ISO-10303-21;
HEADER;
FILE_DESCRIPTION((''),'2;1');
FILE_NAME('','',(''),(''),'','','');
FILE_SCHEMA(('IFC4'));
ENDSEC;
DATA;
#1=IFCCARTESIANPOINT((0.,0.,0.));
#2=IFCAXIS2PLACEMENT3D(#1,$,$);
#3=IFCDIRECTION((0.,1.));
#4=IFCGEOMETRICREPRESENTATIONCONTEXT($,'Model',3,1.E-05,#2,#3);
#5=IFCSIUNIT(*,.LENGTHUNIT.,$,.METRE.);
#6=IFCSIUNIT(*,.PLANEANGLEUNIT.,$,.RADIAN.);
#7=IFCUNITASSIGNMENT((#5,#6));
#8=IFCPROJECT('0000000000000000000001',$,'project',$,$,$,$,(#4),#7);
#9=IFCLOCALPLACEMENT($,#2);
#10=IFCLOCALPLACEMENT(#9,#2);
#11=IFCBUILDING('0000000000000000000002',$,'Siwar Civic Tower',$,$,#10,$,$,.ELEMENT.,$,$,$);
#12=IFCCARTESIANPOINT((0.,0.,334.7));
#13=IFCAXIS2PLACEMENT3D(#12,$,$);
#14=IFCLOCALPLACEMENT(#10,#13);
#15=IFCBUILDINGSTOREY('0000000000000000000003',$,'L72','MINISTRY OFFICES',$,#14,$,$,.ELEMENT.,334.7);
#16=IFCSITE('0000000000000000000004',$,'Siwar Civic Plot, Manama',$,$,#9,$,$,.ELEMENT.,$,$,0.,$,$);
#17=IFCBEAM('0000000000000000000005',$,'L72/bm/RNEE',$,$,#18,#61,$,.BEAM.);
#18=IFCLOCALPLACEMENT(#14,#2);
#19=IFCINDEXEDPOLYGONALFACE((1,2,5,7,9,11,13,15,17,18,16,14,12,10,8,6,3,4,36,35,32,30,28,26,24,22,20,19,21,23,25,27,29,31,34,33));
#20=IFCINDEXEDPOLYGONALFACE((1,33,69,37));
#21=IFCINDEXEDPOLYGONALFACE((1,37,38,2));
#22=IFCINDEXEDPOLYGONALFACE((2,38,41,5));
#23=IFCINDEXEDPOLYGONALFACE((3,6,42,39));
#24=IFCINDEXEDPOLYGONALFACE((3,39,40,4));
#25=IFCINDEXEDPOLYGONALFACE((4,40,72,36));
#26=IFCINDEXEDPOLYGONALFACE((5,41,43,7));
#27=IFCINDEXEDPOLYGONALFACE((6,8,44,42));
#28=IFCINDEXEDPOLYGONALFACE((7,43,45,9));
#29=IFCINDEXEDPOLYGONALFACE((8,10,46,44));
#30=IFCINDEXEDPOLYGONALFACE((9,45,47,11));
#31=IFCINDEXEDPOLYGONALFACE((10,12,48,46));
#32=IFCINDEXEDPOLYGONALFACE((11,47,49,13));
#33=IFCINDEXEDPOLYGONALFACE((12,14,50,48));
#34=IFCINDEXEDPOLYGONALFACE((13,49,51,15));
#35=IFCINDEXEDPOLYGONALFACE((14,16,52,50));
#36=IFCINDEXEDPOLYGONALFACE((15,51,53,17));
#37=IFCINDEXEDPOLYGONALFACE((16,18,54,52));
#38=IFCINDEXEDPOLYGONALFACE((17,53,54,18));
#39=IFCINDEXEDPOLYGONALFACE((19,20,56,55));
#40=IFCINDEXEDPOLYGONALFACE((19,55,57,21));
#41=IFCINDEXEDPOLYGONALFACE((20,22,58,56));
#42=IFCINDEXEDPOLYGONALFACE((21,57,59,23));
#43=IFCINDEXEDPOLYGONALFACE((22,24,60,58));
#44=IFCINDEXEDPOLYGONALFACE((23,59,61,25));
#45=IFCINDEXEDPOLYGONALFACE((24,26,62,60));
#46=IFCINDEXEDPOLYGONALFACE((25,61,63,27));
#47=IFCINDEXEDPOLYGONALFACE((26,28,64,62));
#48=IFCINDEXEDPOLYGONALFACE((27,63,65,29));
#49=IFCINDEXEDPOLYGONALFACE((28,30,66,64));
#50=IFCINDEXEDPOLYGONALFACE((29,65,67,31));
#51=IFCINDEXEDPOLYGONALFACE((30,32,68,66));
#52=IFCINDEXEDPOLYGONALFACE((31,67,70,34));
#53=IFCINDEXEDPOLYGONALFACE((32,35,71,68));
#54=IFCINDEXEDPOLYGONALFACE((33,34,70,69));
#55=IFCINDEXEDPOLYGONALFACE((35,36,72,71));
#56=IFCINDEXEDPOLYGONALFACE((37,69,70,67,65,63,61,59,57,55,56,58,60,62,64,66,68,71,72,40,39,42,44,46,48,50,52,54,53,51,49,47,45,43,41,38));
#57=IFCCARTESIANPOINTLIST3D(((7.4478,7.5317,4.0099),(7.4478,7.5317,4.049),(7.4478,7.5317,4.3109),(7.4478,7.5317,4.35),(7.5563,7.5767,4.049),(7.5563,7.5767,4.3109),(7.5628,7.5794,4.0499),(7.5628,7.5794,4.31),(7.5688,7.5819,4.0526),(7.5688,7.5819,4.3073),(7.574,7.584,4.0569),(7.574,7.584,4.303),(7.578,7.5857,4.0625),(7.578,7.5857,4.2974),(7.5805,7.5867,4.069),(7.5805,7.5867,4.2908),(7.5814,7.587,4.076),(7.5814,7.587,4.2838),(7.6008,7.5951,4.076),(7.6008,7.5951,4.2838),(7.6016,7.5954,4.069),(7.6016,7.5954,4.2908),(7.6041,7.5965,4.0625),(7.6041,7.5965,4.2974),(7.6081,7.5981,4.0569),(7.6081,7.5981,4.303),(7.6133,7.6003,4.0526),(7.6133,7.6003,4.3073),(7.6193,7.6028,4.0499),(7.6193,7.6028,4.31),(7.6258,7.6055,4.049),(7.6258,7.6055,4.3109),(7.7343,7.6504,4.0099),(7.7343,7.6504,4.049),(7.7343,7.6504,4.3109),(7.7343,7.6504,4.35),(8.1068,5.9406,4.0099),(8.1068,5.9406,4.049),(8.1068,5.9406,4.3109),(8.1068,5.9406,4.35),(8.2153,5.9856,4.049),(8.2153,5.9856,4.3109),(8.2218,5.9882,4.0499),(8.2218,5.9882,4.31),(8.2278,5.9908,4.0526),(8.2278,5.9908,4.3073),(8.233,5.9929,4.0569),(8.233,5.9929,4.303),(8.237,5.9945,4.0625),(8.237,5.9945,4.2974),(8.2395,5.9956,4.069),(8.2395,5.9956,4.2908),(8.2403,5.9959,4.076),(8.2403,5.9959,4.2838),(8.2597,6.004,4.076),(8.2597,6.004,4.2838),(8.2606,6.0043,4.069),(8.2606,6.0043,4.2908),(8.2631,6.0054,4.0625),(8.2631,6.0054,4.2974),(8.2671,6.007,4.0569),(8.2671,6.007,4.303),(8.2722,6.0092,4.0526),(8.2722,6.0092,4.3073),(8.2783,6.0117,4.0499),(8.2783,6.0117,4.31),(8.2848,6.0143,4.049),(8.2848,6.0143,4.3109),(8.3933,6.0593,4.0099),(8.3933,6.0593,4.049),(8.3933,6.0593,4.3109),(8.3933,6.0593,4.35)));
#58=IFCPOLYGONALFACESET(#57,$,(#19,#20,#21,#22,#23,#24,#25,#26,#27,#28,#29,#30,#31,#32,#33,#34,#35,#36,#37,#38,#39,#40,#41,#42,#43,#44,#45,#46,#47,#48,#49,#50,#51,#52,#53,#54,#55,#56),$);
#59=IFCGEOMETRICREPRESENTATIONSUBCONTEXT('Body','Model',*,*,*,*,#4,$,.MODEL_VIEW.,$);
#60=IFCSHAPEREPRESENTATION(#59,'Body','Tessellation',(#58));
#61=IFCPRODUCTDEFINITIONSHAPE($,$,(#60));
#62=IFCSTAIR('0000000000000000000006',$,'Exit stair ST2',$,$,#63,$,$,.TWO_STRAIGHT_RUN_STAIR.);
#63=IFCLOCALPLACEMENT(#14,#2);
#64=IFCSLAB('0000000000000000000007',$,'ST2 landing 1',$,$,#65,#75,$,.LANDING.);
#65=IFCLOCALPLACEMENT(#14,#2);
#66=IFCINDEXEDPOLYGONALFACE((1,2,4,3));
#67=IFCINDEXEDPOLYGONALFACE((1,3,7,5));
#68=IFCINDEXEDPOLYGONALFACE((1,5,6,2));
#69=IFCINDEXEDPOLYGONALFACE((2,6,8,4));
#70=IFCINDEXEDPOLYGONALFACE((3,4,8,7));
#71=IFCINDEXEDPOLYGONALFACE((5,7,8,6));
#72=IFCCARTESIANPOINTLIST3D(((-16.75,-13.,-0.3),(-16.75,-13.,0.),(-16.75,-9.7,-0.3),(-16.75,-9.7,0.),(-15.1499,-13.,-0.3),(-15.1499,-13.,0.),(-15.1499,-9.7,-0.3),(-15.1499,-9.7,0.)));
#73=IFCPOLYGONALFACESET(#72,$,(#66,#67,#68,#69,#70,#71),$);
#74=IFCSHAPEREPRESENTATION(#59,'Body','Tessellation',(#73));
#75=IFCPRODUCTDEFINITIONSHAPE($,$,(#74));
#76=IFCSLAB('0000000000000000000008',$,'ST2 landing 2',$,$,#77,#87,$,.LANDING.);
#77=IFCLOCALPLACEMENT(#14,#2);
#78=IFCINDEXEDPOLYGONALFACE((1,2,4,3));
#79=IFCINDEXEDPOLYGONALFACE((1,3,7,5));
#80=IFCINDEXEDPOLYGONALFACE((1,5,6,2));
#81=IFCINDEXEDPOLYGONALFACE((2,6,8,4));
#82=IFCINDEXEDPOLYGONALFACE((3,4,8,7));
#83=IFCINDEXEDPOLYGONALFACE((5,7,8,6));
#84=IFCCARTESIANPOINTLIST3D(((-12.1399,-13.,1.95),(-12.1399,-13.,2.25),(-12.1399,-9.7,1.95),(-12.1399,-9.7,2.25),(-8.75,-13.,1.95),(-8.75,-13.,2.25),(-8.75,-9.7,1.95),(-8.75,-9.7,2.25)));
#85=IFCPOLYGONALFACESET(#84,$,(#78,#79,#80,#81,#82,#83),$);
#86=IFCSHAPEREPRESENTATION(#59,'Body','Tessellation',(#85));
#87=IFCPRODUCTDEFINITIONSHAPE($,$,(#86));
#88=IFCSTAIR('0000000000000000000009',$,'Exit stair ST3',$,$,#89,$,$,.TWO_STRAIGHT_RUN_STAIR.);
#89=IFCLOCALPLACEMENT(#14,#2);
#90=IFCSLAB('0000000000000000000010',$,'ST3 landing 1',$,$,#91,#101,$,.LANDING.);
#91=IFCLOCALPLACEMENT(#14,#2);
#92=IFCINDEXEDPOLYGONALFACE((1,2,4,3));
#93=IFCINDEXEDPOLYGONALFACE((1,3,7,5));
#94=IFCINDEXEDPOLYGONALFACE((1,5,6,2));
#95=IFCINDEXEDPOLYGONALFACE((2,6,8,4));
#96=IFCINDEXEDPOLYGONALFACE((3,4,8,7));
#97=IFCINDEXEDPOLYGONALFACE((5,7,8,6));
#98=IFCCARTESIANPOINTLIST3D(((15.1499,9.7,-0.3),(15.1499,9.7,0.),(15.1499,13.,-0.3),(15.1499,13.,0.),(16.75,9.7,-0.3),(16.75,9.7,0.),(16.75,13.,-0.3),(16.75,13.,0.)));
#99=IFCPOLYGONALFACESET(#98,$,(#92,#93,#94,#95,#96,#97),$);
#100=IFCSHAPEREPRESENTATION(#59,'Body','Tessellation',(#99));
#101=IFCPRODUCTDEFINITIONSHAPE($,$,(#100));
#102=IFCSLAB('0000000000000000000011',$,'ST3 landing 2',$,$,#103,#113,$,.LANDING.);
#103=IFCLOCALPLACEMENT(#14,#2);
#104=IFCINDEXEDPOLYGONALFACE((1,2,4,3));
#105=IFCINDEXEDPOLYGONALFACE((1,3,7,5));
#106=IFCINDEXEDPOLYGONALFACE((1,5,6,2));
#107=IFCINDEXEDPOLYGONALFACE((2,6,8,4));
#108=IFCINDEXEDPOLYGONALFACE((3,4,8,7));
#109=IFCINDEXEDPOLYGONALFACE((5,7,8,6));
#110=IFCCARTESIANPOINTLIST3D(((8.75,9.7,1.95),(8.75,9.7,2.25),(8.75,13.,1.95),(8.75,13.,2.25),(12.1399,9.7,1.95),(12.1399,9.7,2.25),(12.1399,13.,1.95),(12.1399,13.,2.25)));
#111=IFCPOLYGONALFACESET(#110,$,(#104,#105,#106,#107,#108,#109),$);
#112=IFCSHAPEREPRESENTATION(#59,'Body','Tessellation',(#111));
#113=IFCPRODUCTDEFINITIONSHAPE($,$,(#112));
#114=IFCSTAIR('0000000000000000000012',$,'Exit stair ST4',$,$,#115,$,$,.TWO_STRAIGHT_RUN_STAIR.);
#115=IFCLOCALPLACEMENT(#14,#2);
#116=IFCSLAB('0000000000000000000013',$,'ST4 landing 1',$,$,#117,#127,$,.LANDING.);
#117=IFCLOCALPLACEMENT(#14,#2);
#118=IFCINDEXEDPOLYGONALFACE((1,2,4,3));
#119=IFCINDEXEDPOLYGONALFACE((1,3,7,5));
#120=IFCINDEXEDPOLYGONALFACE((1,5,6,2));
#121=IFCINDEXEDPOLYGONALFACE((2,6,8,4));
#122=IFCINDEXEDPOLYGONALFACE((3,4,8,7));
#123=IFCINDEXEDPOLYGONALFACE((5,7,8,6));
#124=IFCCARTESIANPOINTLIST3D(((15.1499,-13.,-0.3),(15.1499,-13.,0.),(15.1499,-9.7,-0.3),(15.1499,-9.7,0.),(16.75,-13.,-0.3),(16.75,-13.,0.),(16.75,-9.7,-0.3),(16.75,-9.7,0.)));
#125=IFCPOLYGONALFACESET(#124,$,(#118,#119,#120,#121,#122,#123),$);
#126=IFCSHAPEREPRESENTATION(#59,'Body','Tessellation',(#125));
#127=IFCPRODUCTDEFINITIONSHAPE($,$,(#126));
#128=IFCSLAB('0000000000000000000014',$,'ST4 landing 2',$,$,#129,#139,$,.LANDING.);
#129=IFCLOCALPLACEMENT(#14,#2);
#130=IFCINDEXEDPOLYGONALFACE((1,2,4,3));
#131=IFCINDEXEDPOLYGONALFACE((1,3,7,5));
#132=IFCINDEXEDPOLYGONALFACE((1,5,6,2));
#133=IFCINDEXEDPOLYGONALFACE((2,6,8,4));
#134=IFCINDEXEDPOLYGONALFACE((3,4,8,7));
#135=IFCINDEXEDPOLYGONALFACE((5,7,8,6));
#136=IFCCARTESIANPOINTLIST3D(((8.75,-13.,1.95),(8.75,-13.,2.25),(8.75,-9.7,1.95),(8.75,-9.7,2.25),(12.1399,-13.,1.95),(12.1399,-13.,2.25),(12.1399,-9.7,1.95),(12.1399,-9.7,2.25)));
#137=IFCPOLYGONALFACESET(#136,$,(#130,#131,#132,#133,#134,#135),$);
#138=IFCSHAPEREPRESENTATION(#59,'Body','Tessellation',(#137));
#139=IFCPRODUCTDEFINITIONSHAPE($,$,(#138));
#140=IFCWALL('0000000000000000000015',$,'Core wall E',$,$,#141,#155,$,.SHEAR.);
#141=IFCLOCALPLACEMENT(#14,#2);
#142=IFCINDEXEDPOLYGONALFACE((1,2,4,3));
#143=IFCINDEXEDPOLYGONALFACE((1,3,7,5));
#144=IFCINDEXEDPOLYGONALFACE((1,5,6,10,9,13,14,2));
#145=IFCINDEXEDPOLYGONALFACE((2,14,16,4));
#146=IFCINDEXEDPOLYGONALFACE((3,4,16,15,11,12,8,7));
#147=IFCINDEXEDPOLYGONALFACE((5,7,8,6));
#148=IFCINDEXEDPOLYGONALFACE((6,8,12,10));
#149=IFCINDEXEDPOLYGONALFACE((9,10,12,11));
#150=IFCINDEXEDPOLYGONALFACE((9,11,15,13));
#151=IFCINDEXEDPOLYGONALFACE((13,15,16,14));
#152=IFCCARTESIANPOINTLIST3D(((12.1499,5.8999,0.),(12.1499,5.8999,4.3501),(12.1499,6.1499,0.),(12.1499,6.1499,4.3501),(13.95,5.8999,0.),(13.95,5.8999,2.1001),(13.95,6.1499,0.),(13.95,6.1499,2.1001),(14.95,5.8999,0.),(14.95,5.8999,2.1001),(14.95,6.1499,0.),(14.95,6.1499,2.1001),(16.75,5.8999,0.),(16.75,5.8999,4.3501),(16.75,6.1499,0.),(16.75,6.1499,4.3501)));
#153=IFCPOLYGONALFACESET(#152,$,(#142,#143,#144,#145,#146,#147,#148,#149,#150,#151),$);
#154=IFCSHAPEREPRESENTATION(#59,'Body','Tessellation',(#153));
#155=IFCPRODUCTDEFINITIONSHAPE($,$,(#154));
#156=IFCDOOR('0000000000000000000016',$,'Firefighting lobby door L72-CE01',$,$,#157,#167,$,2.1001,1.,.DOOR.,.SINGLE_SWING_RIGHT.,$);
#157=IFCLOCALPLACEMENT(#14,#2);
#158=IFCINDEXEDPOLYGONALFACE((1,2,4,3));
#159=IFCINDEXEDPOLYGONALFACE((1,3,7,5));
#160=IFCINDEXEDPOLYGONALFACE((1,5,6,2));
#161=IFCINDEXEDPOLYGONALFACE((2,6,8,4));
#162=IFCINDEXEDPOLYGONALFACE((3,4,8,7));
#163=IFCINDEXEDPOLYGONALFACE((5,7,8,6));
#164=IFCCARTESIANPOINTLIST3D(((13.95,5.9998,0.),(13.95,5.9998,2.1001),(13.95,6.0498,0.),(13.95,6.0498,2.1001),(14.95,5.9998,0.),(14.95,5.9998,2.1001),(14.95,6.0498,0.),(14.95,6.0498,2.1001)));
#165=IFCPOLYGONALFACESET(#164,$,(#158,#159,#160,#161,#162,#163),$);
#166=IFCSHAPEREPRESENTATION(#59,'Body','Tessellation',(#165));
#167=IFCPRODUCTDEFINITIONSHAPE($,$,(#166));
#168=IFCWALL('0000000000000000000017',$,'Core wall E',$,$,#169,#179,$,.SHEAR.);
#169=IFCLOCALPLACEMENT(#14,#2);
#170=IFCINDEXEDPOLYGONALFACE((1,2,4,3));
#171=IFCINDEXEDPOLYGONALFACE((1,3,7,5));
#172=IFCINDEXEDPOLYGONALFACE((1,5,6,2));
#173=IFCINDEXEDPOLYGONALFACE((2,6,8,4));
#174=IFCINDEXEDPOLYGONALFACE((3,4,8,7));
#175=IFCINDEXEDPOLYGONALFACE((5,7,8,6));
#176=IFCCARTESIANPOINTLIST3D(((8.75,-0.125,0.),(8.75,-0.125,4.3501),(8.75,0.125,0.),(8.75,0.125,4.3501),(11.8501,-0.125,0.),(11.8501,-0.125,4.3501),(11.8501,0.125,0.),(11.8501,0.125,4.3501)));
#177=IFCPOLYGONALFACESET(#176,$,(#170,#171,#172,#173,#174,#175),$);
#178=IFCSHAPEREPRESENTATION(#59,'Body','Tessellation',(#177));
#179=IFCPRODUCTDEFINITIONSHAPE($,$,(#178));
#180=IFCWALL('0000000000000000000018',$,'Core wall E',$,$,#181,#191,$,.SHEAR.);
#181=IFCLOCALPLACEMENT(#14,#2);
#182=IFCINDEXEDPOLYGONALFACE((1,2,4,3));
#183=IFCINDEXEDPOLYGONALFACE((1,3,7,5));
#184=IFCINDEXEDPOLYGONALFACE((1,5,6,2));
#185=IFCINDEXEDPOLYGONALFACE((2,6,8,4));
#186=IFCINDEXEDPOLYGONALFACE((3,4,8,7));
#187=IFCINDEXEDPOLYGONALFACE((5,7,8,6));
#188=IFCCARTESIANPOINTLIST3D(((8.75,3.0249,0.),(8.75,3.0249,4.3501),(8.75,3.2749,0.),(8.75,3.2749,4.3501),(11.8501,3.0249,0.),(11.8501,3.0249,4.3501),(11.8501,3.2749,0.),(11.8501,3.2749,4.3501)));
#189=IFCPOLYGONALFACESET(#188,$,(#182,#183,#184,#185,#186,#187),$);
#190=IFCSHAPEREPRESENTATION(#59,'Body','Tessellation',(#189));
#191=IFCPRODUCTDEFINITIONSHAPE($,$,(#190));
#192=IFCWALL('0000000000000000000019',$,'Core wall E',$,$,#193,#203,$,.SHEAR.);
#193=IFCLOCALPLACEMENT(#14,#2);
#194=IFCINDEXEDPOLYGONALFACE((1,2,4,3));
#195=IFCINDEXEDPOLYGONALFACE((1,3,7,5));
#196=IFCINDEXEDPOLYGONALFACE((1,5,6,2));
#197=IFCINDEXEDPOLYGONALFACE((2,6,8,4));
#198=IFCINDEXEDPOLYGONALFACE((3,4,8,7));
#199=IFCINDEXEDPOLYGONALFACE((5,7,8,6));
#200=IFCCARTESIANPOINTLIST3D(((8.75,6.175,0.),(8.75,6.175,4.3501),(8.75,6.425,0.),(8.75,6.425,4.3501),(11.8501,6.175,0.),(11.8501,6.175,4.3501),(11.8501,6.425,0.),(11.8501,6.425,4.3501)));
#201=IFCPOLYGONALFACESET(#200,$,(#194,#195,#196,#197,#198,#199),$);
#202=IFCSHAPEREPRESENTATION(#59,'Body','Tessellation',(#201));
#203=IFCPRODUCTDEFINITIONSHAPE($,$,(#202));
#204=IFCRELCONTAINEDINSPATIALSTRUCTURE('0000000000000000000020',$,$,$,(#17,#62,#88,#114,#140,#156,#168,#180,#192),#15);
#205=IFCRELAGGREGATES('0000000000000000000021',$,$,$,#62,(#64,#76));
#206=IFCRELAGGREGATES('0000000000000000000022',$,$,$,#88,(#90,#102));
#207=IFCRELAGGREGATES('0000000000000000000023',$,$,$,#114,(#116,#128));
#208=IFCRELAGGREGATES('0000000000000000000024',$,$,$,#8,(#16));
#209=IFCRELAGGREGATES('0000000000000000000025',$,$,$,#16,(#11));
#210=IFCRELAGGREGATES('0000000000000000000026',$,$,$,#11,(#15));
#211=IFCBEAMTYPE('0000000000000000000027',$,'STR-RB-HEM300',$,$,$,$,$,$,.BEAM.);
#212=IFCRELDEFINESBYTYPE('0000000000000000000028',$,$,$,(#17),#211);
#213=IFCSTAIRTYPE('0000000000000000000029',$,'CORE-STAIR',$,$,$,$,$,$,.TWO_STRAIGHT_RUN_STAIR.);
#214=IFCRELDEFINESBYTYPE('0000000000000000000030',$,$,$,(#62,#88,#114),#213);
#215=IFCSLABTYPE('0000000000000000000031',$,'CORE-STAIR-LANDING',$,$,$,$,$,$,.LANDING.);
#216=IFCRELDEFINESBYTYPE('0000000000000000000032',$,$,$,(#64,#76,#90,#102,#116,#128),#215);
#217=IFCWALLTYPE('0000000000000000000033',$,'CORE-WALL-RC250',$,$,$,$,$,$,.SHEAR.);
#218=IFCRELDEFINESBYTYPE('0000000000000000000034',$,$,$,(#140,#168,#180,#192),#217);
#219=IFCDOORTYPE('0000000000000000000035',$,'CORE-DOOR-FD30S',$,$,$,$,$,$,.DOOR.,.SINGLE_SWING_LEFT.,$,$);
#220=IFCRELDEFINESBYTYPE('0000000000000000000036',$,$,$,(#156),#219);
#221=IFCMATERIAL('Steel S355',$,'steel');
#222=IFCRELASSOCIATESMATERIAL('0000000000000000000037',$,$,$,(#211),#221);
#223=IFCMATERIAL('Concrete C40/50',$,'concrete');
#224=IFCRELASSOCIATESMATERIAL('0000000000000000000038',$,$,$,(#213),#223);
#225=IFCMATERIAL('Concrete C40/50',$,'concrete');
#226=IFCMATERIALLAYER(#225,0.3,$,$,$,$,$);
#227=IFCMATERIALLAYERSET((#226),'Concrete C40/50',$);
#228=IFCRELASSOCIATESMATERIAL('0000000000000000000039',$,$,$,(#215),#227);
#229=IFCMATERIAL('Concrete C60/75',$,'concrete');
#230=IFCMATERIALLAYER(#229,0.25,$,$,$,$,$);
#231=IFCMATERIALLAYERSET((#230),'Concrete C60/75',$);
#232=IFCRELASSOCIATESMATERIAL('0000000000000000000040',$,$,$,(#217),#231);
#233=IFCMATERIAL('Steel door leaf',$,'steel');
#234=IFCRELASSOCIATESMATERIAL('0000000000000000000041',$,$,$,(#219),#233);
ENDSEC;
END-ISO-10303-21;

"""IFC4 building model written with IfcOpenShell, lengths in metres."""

from ifc_helpers import new_model, si_unit, direction, frame, frame_2d, origin, origin_2d, place, context, subcontext, project, spatial, polyline, rectangle, i_section, outline, extrude, material, layer, layer_set, material_profile, profile_set, type_object, element, fill, aggregate, save


model = new_model("IFC4")

# Units and contexts
model_context = context("Model", 3, precision=1e-05, world=origin(), true_north=direction((0.0, 1.0)))
body_context = subcontext(model_context, "Body", "Model", "MODEL_VIEW")
ifc_project = project(units=[si_unit("LENGTHUNIT", "METRE"), si_unit("PLANEANGLEUNIT", "RADIAN")], contexts=[model_context])

# Site, building, storey
site_placement = place(None, origin())
site = spatial("IfcSite", under=ifc_project, at=site_placement, Name="Siwar Civic Plot, Manama", CompositionType="ELEMENT", RefElevation=0.0)
building_placement = place(site_placement, origin())
building = spatial("IfcBuilding", under=site, at=building_placement, Name="Siwar Civic Tower", CompositionType="ELEMENT")
storey_placement = place(building_placement, frame((0.0, 0.0, 334.7)))
storey = spatial("IfcBuildingStorey", under=building, at=storey_placement, Name="L72", Description="MINISTRY OFFICES", CompositionType="ELEMENT", Elevation=334.7)

# Beam
ifc_material_1 = material(Name="Steel S355", Category="steel")
ifc_material_profile_1 = material_profile(ifc_material_1, i_section(OverallWidth=0.3101, OverallDepth=0.3401, WebThickness=0.021, FlangeThickness=0.0391, FilletRadius=0.0271, at=origin_2d()), Name="HEM300")
ifc_profile_set_1 = profile_set([ifc_material_profile_1], Name="Steel S355")
beam_type_1 = type_object("IfcBeamType", Name="STR-RB-HEM300", PredefinedType="BEAM", material=ifc_profile_set_1)
for number, where, z_axis, x_axis, name in (
    (1, (7.5911, 7.5911, 4.1799), (0.382631, -0.923901, 0.0), (0.923901, 0.382631, 0.0), "L72/bm/RNEE"),
):
    element("IfcBeam", number, at=place(storey_placement, frame(where, z_axis=z_axis, x_axis=x_axis)), inside=storey, type_object=beam_type_1, Name=name, PredefinedType="BEAM", context=body_context, shape_type="SweptSolid", body=[
        extrude(i_section(OverallWidth=0.3101, OverallDepth=0.3401, WebThickness=0.021, FlangeThickness=0.0391, FilletRadius=0.0271, at=origin_2d()), origin(), (0.0, 0.0, 1.0), 1.7222),
    ])

# Stairs, slabs
ifc_material_2 = material(Name="Concrete C40/50", Category="concrete")
stair_type = type_object("IfcStairType", Name="CORE-STAIR", PredefinedType="TWO_STRAIGHT_RUN_STAIR", material=ifc_material_2)
stair_1_placement = place(storey_placement, origin())
stair_1 = element("IfcStair", 2, at=stair_1_placement, inside=storey, type_object=stair_type, Name="Exit stair ST2", PredefinedType="TWO_STRAIGHT_RUN_STAIR")
ifc_material_3 = material(Name="Concrete C40/50", Category="concrete")
ifc_layer_1 = layer(ifc_material_3, 0.3)
ifc_layer_set_1 = layer_set([ifc_layer_1], Name="Concrete C40/50")
slab_type_1 = type_object("IfcSlabType", Name="CORE-STAIR-LANDING", PredefinedType="LANDING", material=ifc_layer_set_1)
slab_1_placement = place(storey_placement, frame((0.0, 0.0, -0.3)))
slab_1 = element("IfcSlab", 3, at=slab_1_placement, type_object=slab_type_1, Name="ST2 landing 1", PredefinedType="LANDING", context=body_context, shape_type="SweptSolid", body=[
    extrude(outline(polyline([(-15.1499, -9.7), (-16.75, -9.7), (-16.75, -13.0), (-15.1499, -13.0), (-15.1499, -9.7)])), origin(), (0.0, 0.0, 1.0), 0.3),
])
slab_2_placement = place(storey_placement, frame((0.0, 0.0, 1.95)))
slab_2 = element("IfcSlab", 4, at=slab_2_placement, type_object=slab_type_1, Name="ST2 landing 2", PredefinedType="LANDING", context=body_context, shape_type="SweptSolid", body=[
    extrude(outline(polyline([(-8.75, -9.7), (-12.1399, -9.7), (-12.1399, -13.0), (-8.75, -13.0), (-8.75, -9.7)])), origin(), (0.0, 0.0, 1.0), 0.3),
])
aggregate(stair_1, [slab_1, slab_2])
stair_2_placement = place(storey_placement, origin())
stair_2 = element("IfcStair", 5, at=stair_2_placement, inside=storey, type_object=stair_type, Name="Exit stair ST3", PredefinedType="TWO_STRAIGHT_RUN_STAIR")
slab_3_placement = place(storey_placement, frame((0.0, 0.0, -0.3)))
slab_3 = element("IfcSlab", 6, at=slab_3_placement, type_object=slab_type_1, Name="ST3 landing 1", PredefinedType="LANDING", context=body_context, shape_type="SweptSolid", body=[
    extrude(outline(polyline([(15.1499, 9.7), (16.75, 9.7), (16.75, 13.0), (15.1499, 13.0), (15.1499, 9.7)])), origin(), (0.0, 0.0, 1.0), 0.3),
])
slab_4_placement = place(storey_placement, frame((0.0, 0.0, 1.95)))
slab_4 = element("IfcSlab", 7, at=slab_4_placement, type_object=slab_type_1, Name="ST3 landing 2", PredefinedType="LANDING", context=body_context, shape_type="SweptSolid", body=[
    extrude(outline(polyline([(8.75, 9.7), (12.1399, 9.7), (12.1399, 13.0), (8.75, 13.0), (8.75, 9.7)])), origin(), (0.0, 0.0, 1.0), 0.3),
])
aggregate(stair_2, [slab_3, slab_4])
stair_3_placement = place(storey_placement, origin())
stair_3 = element("IfcStair", 8, at=stair_3_placement, inside=storey, type_object=stair_type, Name="Exit stair ST4", PredefinedType="TWO_STRAIGHT_RUN_STAIR")
slab_5_placement = place(storey_placement, frame((0.0, 0.0, -0.3)))
slab_5 = element("IfcSlab", 9, at=slab_5_placement, type_object=slab_type_1, Name="ST4 landing 1", PredefinedType="LANDING", context=body_context, shape_type="SweptSolid", body=[
    extrude(outline(polyline([(15.1499, -13.0), (16.75, -13.0), (16.75, -9.7), (15.1499, -9.7), (15.1499, -13.0)])), origin(), (0.0, 0.0, 1.0), 0.3),
])
slab_6_placement = place(storey_placement, frame((0.0, 0.0, 1.95)))
slab_6 = element("IfcSlab", 10, at=slab_6_placement, type_object=slab_type_1, Name="ST4 landing 2", PredefinedType="LANDING", context=body_context, shape_type="SweptSolid", body=[
    extrude(outline(polyline([(8.75, -13.0), (12.1399, -13.0), (12.1399, -9.7), (8.75, -9.7), (8.75, -13.0)])), origin(), (0.0, 0.0, 1.0), 0.3),
])
aggregate(stair_3, [slab_5, slab_6])

# Wall, opening, door
ifc_material_4 = material(Name="Concrete C60/75", Category="concrete")
ifc_layer_2 = layer(ifc_material_4, 0.25)
ifc_layer_set_2 = layer_set([ifc_layer_2], Name="Concrete C60/75")
wall_type_1 = type_object("IfcWallType", Name="CORE-WALL-RC250", PredefinedType="SHEAR", material=ifc_layer_set_2)
wall_1_placement = place(storey_placement, frame((12.1499, 6.0249, 0.0), z_axis=(0.0, 0.0, 1.0), x_axis=(1.0, 0.0, 0.0)))
wall_1 = element("IfcWall", 11, at=wall_1_placement, inside=storey, type_object=wall_type_1, Name="Core wall E", PredefinedType="SHEAR", context=body_context, shape_type="SweptSolid", body=[
    extrude(rectangle(XDim=4.6001, YDim=0.25, at=frame_2d((2.3, 0.0))), origin(), (0.0, 0.0, 1.0), 4.3501),
])
opening_placement = place(wall_1_placement, frame((1.8, 0.0, 0.0)))
opening = element("IfcOpeningElement", 12, at=opening_placement, cuts=wall_1, PredefinedType="OPENING", context=body_context, shape_type="SweptSolid", body=[
    extrude(rectangle(XDim=1.0, YDim=2.1001, at=frame_2d((0.5, 1.05))), frame((0.0, 0.135, 0.0), z_axis=(0.0, -1.0, 0.0), x_axis=(1.0, 0.0, 0.0)), (0.0, 0.0, 1.0), 0.27),
])
ifc_material_5 = material(Name="Steel door leaf", Category="steel")
door_type = type_object("IfcDoorType", Name="CORE-DOOR-FD30S", OperationType="SINGLE_SWING_LEFT", PredefinedType="DOOR", material=ifc_material_5)
door_placement = place(opening_placement, origin())
door = element("IfcDoor", 13, at=door_placement, inside=storey, type_object=door_type, Name="Firefighting lobby door L72-CE01", OperationType="SINGLE_SWING_RIGHT", OverallHeight=2.1001, OverallWidth=1.0, PredefinedType="DOOR", context=body_context, shape_type="SweptSolid", body=[
    extrude(rectangle(XDim=1.0, YDim=2.1001, at=frame_2d((0.5, 1.05))), frame((0.0, 0.0249, 0.0), z_axis=(0.0, -1.0, 0.0), x_axis=(1.0, 0.0, 0.0)), (0.0, 0.0, 1.0), 0.05),
])
fill(opening, door)

# Walls
for number, where, z_axis, x_axis, name in (
    (14, (8.75, 0.0, 0.0), (0.0, 0.0, 1.0), (1.0, 0.0, 0.0), "Core wall E"),
    (15, (8.75, 3.1499, 0.0), (0.0, 0.0, 1.0), (1.0, 0.0, 0.0), "Core wall E"),
    (16, (8.75, 6.3, 0.0), (0.0, 0.0, 1.0), (1.0, 0.0, 0.0), "Core wall E"),
):
    element("IfcWall", number, at=place(storey_placement, frame(where, z_axis=z_axis, x_axis=x_axis)), inside=storey, type_object=wall_type_1, Name=name, PredefinedType="SHEAR", context=body_context, shape_type="SweptSolid", body=[
        extrude(rectangle(XDim=3.1001, YDim=0.25, at=frame_2d((1.55, 0.0))), origin(), (0.0, 0.0, 1.0), 4.3501),
    ])

save(model, "model.ifc")
